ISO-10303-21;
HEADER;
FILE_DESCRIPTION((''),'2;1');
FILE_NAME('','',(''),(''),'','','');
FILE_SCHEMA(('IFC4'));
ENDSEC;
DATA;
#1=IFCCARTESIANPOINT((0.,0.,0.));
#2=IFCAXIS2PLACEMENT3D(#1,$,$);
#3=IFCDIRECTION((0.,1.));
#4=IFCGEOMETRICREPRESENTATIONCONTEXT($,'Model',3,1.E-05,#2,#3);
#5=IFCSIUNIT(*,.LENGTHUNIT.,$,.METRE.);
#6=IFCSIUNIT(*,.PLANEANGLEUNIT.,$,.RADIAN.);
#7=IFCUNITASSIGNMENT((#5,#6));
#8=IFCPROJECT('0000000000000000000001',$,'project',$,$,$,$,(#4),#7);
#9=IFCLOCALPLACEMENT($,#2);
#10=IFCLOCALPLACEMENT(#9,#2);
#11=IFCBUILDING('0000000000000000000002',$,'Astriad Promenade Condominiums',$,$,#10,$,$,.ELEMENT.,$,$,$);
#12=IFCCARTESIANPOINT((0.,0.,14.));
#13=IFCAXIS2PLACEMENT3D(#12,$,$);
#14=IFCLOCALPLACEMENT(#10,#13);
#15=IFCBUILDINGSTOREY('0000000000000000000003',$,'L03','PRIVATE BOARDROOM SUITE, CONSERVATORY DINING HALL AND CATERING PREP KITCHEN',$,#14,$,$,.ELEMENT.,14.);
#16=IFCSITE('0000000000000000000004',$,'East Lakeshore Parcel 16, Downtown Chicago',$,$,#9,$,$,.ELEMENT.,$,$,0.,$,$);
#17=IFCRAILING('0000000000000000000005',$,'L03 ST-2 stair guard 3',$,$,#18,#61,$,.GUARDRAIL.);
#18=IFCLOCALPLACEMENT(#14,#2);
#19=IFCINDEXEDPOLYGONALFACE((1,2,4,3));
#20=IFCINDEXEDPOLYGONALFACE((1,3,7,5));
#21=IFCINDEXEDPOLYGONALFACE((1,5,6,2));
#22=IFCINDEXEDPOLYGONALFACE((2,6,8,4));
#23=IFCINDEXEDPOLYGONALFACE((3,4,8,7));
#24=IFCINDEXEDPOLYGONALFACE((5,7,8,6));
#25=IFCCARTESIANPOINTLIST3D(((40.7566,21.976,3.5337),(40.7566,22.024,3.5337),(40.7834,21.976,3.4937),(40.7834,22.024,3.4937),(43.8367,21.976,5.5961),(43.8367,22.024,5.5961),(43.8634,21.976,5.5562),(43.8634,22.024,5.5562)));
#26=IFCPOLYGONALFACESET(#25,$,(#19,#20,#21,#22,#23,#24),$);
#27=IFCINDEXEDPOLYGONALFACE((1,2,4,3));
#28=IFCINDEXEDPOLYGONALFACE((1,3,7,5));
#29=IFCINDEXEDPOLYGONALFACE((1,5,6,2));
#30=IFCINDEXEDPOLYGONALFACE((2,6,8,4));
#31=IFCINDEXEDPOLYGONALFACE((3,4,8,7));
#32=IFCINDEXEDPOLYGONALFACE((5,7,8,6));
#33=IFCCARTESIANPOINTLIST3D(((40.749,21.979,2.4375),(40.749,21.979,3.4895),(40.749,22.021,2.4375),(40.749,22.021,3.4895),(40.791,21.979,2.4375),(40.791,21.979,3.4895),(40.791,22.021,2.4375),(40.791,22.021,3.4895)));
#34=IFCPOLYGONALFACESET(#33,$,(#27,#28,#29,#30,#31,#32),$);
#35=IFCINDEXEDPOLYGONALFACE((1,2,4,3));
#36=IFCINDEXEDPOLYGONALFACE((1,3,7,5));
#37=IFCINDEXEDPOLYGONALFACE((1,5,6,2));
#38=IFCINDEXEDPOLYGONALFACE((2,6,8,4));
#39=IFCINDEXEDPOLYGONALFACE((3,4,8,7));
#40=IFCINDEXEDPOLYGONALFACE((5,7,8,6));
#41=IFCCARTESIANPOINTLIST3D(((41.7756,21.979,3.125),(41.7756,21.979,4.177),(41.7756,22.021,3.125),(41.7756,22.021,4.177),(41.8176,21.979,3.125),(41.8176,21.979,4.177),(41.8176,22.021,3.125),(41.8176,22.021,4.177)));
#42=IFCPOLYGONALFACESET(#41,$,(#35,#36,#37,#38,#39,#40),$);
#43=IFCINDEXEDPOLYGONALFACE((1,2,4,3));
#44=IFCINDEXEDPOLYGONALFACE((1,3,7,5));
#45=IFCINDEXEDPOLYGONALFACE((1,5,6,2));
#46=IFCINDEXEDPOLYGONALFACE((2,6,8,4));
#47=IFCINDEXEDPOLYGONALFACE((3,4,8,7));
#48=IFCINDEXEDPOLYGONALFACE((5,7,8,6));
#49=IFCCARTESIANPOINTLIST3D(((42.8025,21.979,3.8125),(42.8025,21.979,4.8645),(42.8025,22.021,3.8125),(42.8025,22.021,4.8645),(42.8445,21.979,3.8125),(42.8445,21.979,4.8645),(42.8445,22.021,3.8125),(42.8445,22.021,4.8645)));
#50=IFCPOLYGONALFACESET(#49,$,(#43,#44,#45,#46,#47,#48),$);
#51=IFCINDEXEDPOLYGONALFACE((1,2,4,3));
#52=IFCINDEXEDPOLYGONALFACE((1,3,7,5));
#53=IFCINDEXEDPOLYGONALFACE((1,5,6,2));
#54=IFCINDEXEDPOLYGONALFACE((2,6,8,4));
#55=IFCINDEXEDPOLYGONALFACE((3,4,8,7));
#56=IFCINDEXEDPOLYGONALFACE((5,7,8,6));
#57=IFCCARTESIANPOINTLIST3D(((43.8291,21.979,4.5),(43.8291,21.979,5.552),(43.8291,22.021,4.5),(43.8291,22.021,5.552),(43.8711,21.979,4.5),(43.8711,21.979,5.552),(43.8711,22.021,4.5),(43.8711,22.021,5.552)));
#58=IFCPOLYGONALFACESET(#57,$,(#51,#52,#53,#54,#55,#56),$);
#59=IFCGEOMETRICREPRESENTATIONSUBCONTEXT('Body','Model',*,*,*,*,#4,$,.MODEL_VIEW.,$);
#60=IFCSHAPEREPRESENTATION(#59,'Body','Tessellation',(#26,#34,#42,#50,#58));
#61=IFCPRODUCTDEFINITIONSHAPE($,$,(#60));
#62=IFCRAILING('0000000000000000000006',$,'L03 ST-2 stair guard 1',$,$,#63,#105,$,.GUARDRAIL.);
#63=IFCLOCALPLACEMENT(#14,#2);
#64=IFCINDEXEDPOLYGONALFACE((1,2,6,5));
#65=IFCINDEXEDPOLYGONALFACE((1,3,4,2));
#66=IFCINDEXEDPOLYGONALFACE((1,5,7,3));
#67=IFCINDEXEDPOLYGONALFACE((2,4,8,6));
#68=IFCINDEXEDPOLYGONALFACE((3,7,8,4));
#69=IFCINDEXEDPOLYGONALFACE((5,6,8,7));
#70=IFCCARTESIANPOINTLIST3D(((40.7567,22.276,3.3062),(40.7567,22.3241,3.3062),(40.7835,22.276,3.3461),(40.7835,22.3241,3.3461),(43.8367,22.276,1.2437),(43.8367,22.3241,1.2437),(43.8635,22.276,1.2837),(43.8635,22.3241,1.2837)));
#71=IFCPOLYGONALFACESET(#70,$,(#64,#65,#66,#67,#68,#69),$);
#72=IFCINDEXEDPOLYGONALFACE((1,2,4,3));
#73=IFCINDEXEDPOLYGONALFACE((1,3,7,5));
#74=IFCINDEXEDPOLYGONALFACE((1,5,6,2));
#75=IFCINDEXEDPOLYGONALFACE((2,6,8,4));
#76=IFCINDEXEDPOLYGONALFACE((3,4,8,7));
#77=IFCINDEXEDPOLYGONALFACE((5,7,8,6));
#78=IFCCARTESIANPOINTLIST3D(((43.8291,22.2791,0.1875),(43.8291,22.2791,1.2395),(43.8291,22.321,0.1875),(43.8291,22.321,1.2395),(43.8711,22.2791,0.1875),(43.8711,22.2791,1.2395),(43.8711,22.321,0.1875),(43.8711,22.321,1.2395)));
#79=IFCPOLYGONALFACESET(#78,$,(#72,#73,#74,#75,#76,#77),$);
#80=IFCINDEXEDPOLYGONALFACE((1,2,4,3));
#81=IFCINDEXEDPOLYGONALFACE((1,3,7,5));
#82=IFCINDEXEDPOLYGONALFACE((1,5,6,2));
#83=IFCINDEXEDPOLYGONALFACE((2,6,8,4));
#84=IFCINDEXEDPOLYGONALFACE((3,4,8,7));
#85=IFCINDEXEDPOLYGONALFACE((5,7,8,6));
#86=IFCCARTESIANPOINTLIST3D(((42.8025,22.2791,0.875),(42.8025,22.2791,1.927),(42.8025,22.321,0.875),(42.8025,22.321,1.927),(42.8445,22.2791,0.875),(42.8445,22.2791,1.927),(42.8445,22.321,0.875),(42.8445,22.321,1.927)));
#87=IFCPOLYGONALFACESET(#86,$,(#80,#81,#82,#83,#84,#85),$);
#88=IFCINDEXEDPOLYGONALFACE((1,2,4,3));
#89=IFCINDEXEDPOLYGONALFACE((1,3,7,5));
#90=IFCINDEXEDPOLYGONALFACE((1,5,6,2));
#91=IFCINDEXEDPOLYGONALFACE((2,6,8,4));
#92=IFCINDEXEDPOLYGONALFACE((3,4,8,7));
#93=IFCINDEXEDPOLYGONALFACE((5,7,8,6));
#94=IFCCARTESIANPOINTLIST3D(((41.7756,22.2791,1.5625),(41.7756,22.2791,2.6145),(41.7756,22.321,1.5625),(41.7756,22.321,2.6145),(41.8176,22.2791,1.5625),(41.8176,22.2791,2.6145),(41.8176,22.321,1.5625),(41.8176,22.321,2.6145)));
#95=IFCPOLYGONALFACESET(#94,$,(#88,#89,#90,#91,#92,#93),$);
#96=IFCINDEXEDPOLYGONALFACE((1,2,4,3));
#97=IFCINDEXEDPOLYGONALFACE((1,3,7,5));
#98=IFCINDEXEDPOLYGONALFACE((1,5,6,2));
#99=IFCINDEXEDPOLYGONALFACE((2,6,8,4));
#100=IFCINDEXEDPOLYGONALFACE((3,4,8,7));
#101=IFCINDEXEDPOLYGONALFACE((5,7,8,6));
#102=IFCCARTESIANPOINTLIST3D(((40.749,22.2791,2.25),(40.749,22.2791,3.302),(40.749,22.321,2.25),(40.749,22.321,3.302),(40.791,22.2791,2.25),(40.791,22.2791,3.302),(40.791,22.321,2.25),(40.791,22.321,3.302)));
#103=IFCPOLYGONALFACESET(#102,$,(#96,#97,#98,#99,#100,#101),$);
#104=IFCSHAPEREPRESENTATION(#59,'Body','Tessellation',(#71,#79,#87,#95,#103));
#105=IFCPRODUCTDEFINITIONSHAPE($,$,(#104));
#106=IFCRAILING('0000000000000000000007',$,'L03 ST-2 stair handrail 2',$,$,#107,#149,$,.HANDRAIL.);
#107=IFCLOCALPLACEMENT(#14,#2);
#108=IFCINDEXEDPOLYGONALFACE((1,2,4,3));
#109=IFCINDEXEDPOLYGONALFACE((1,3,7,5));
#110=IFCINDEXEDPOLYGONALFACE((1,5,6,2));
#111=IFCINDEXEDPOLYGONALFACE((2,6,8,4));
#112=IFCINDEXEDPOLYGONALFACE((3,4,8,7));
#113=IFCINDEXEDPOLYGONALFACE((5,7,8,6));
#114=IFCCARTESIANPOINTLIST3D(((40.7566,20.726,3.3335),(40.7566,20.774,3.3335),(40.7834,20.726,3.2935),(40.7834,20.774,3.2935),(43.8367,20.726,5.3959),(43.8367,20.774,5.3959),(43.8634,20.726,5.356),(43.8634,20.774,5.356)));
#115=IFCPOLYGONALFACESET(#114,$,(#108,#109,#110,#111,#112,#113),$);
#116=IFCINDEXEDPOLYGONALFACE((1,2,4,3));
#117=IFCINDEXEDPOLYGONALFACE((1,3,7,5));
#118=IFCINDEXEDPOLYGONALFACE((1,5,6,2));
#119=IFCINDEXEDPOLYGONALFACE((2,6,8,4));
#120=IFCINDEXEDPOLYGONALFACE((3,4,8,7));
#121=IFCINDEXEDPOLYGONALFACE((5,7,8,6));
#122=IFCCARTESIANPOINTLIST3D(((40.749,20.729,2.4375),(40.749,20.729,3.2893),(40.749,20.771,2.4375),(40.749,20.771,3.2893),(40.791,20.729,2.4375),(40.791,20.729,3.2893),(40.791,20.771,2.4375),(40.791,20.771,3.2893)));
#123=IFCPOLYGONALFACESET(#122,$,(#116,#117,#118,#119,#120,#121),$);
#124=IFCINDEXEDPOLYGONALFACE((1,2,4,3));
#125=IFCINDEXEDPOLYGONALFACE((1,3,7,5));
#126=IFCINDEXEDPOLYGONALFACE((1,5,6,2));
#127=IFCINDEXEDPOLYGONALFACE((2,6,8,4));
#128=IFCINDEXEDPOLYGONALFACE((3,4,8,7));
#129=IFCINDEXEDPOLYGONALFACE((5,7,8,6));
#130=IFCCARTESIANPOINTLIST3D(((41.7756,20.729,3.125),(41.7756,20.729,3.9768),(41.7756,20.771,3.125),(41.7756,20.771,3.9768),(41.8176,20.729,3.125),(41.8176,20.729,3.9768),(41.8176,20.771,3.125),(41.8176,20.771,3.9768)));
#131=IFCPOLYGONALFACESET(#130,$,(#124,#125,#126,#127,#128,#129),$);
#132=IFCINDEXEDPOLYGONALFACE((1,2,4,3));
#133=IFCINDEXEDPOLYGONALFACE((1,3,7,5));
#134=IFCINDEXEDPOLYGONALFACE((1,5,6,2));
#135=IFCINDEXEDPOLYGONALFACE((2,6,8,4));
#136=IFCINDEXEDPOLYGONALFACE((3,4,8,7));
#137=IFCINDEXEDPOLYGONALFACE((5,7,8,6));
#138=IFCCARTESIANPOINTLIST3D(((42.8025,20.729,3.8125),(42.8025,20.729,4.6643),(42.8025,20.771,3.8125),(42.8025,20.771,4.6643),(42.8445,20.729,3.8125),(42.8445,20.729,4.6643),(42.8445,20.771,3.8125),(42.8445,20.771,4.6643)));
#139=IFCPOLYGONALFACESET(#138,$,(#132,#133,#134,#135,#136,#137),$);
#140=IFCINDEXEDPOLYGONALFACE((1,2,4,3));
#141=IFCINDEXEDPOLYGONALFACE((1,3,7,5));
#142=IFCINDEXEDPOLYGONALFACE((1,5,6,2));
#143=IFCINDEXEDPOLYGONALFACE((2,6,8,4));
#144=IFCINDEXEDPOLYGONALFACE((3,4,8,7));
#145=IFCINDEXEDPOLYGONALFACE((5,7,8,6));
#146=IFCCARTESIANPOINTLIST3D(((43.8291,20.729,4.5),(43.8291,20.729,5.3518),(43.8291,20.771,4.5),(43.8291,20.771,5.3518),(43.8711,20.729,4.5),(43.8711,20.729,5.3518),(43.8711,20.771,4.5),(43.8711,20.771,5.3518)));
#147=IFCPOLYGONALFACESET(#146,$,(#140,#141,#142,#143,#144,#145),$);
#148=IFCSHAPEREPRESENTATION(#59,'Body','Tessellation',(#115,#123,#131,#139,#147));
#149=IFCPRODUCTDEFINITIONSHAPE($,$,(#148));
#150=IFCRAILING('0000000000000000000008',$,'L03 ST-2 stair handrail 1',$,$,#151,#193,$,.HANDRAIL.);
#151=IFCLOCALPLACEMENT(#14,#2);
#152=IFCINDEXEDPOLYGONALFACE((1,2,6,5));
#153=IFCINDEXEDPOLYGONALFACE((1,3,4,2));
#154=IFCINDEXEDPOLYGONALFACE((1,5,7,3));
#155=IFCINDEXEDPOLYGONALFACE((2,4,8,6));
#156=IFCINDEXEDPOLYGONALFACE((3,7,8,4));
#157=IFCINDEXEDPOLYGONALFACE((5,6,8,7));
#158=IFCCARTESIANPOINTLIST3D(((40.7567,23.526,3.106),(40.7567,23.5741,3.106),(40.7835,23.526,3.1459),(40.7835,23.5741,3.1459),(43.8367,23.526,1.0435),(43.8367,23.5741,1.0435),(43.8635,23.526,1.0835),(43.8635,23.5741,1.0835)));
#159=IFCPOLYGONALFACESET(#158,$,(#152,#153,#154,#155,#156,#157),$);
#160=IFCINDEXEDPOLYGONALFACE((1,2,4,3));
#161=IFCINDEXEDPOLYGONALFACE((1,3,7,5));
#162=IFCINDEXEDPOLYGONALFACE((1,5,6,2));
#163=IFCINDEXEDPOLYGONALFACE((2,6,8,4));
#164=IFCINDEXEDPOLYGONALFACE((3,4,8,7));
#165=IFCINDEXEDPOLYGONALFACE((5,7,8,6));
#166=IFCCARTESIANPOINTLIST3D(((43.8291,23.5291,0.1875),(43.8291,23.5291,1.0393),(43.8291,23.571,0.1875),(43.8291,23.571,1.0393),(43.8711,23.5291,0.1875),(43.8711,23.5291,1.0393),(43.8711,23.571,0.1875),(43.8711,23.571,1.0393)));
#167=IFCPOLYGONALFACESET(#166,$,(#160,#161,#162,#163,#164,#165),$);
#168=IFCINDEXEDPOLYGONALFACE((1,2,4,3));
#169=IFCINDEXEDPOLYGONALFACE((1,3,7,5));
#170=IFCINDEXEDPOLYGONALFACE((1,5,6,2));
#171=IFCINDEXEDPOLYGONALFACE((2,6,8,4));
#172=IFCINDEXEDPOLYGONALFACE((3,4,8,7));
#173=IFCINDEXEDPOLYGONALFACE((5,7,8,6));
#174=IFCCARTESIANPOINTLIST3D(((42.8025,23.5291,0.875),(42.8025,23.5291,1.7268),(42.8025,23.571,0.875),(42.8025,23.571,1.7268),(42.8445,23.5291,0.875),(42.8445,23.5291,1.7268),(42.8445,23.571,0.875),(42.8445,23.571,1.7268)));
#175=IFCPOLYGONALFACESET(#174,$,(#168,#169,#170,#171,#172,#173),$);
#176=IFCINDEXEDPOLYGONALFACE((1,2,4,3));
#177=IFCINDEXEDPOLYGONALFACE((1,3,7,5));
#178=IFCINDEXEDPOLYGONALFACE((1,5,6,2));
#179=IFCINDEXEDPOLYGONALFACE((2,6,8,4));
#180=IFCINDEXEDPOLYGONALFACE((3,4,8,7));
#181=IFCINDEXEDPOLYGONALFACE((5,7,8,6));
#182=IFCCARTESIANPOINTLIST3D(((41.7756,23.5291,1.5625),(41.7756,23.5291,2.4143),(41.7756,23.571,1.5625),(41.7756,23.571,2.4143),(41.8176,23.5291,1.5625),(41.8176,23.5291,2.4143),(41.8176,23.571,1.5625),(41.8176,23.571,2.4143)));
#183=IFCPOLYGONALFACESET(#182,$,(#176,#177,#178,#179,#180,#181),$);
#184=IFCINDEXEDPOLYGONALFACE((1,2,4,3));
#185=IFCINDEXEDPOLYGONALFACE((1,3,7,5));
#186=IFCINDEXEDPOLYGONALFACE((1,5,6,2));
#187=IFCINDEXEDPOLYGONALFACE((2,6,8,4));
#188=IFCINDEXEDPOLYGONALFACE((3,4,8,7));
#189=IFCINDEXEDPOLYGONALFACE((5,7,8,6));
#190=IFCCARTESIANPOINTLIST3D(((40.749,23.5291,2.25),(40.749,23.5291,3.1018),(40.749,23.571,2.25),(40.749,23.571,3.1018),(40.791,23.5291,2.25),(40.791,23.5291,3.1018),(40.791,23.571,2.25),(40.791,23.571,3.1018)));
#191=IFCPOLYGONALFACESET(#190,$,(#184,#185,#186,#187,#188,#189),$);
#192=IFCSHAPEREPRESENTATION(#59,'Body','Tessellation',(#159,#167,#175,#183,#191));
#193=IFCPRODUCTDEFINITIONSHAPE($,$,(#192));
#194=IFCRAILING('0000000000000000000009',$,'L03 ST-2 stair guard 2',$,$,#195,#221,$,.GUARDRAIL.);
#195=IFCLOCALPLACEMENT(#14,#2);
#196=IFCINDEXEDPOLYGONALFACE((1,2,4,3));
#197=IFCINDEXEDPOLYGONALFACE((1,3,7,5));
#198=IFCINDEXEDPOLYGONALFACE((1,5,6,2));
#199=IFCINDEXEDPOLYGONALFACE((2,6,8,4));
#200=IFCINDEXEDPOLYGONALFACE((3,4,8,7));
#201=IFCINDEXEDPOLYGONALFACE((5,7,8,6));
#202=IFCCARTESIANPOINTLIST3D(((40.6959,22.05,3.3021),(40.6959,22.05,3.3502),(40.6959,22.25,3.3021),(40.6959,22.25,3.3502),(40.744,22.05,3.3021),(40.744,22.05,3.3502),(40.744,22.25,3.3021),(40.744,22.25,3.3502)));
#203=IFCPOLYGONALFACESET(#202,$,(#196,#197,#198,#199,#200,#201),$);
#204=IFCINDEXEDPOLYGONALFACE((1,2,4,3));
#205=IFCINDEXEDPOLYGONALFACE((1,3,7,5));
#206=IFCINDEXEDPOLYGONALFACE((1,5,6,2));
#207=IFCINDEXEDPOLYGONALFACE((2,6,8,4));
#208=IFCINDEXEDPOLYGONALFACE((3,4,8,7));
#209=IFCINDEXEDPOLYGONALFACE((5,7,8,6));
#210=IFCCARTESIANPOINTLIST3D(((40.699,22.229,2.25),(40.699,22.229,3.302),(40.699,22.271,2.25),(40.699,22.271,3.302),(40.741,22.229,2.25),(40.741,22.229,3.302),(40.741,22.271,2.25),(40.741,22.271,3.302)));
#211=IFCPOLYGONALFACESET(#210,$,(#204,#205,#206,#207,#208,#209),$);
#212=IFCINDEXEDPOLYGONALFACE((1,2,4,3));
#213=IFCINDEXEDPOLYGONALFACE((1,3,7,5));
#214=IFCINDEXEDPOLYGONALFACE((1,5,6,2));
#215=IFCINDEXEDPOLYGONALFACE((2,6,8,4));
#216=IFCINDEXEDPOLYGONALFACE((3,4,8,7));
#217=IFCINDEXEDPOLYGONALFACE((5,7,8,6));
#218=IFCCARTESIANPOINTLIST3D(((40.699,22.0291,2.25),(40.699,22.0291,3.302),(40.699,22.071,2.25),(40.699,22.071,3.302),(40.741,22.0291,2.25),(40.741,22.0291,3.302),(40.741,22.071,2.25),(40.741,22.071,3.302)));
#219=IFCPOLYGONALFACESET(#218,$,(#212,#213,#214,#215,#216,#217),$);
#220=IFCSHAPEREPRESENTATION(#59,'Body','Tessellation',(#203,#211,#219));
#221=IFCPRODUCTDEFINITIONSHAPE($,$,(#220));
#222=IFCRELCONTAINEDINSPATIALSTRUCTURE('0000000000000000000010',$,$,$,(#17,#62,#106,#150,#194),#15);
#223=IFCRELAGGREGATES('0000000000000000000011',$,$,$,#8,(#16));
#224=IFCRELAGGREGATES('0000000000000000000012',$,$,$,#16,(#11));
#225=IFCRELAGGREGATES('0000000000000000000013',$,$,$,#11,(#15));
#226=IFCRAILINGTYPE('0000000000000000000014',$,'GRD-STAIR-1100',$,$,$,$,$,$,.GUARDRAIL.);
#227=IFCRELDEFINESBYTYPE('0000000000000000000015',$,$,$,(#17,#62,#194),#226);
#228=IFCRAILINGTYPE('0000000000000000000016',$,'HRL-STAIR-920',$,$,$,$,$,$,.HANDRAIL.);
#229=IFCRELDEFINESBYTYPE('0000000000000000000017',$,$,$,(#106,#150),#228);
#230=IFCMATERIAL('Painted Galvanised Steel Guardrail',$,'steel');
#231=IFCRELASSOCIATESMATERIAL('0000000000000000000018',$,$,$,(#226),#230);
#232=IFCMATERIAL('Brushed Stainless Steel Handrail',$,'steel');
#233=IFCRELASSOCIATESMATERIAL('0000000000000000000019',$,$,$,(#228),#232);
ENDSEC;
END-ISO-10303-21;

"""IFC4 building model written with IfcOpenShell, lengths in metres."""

from ifc_helpers import new_model, si_unit, direction, frame, origin, origin_2d, place, context, subcontext, project, spatial, rectangle, extrude, source, transform, mapped, material, type_object, type_shapes, element, save


model = new_model("IFC4")

# Units and contexts
model_context = context("Model", 3, precision=1e-05, world=origin(), true_north=direction((0.0, 1.0)))
body_context = subcontext(model_context, "Body", "Model", "MODEL_VIEW")
ifc_project = project(units=[si_unit("LENGTHUNIT", "METRE"), si_unit("PLANEANGLEUNIT", "RADIAN")], contexts=[model_context])

# Site, building, storey
site_placement = place(None, origin())
site = spatial("IfcSite", under=ifc_project, at=site_placement, Name="East Lakeshore Parcel 16, Downtown Chicago", CompositionType="ELEMENT", RefElevation=0.0)
building_placement = place(site_placement, origin())
building = spatial("IfcBuilding", under=site, at=building_placement, Name="Astriad Promenade Condominiums", CompositionType="ELEMENT")
storey_placement = place(building_placement, frame((0.0, 0.0, 14.0)))
storey = spatial("IfcBuildingStorey", under=building, at=storey_placement, Name="L03", Description="PRIVATE BOARDROOM SUITE, CONSERVATORY DINING HALL AND CATERING PREP KITCHEN", CompositionType="ELEMENT", Elevation=14.0)

# Railings
ifc_material_1 = material(Name="Painted Galvanised Steel Guardrail", Category="steel")
railing_type_1 = type_object("IfcRailingType", Name="GRD-STAIR-1100", PredefinedType="GUARDRAIL", material=ifc_material_1)
shared_shape_1 = source(origin(), body_context, "Body", "SweptSolid", [
    extrude(rectangle(XDim=0.0481, YDim=0.0481, at=origin_2d()), frame((0.0, 0.0, 1.0762), z_axis=(0.830914, 0.0, 0.556401), x_axis=(0.0, 1.0, 0.0)), (0.0, 0.0, 1.0), 3.7068),
    extrude(rectangle(XDim=0.042, YDim=0.042, at=origin_2d()), origin(), (0.0, 0.0, 1.0), 1.052),
    extrude(rectangle(XDim=0.042, YDim=0.042, at=origin_2d()), frame((1.0266, 0.0, 0.6875)), (0.0, 0.0, 1.0), 1.052),
    extrude(rectangle(XDim=0.042, YDim=0.042, at=origin_2d()), frame((2.0535, 0.0, 1.375)), (0.0, 0.0, 1.0), 1.052),
    extrude(rectangle(XDim=0.042, YDim=0.042, at=origin_2d()), frame((3.0801, 0.0, 2.0625)), (0.0, 0.0, 1.0), 1.052),
])
railing_1_placement = place(storey_placement, frame((40.77, 22.0, 2.4375)))
element("IfcRailing", 1, at=railing_1_placement, inside=storey, type_object=railing_type_1, Name="L03 ST-2 stair guard 3", PredefinedType="GUARDRAIL", context=body_context, shape_type="MappedRepresentation", body=[
    mapped(shared_shape_1, transform((0.0, 0.0, 0.0), scale=1.0)),
])
shared_shape_2 = source(origin(), body_context, "Body", "SweptSolid", [
    extrude(rectangle(XDim=0.0481, YDim=0.0481, at=origin_2d()), frame((0.0, 0.0, 1.0762), z_axis=(-0.830914, 0.0, 0.556401), x_axis=(0.0, -1.0, 0.0)), (0.0, 0.0, 1.0), 3.7068),
    extrude(rectangle(XDim=0.042, YDim=0.042, at=origin_2d()), origin(), (0.0, 0.0, 1.0), 1.052),
    extrude(rectangle(XDim=0.042, YDim=0.042, at=origin_2d()), frame((-1.0266, 0.0, 0.6875)), (0.0, 0.0, 1.0), 1.052),
    extrude(rectangle(XDim=0.042, YDim=0.042, at=origin_2d()), frame((-2.0535, 0.0, 1.375)), (0.0, 0.0, 1.0), 1.052),
    extrude(rectangle(XDim=0.042, YDim=0.042, at=origin_2d()), frame((-3.0801, 0.0, 2.0625)), (0.0, 0.0, 1.0), 1.052),
])
railing_2_placement = place(storey_placement, frame((43.8501, 22.3, 0.1875)))
element("IfcRailing", 2, at=railing_2_placement, inside=storey, type_object=railing_type_1, Name="L03 ST-2 stair guard 1", PredefinedType="GUARDRAIL", context=body_context, shape_type="MappedRepresentation", body=[
    mapped(shared_shape_2, transform((0.0, 0.0, 0.0), scale=1.0)),
])
ifc_material_2 = material(Name="Brushed Stainless Steel Handrail", Category="steel")
railing_type_2 = type_object("IfcRailingType", Name="HRL-STAIR-920", PredefinedType="HANDRAIL", material=ifc_material_2)
shared_shape_3 = source(origin(), body_context, "Body", "SweptSolid", [
    extrude(rectangle(XDim=0.0481, YDim=0.0481, at=origin_2d()), frame((0.0, 0.0, 0.876), z_axis=(0.830914, 0.0, 0.556401), x_axis=(0.0, 1.0, 0.0)), (0.0, 0.0, 1.0), 3.7068),
    extrude(rectangle(XDim=0.042, YDim=0.042, at=origin_2d()), origin(), (0.0, 0.0, 1.0), 0.8518),
    extrude(rectangle(XDim=0.042, YDim=0.042, at=origin_2d()), frame((1.0266, 0.0, 0.6875)), (0.0, 0.0, 1.0), 0.8518),
    extrude(rectangle(XDim=0.042, YDim=0.042, at=origin_2d()), frame((2.0535, 0.0, 1.375)), (0.0, 0.0, 1.0), 0.8518),
    extrude(rectangle(XDim=0.042, YDim=0.042, at=origin_2d()), frame((3.0801, 0.0, 2.0625)), (0.0, 0.0, 1.0), 0.8518),
])
railing_3_placement = place(storey_placement, frame((40.77, 20.75, 2.4375)))
element("IfcRailing", 3, at=railing_3_placement, inside=storey, type_object=railing_type_2, Name="L03 ST-2 stair handrail 2", PredefinedType="HANDRAIL", context=body_context, shape_type="MappedRepresentation", body=[
    mapped(shared_shape_3, transform((0.0, 0.0, 0.0), scale=1.0)),
])
shared_shape_4 = source(origin(), body_context, "Body", "SweptSolid", [
    extrude(rectangle(XDim=0.0481, YDim=0.0481, at=origin_2d()), frame((0.0, 0.0, 0.876), z_axis=(-0.830914, 0.0, 0.556401), x_axis=(0.0, -1.0, 0.0)), (0.0, 0.0, 1.0), 3.7068),
    extrude(rectangle(XDim=0.042, YDim=0.042, at=origin_2d()), origin(), (0.0, 0.0, 1.0), 0.8518),
    extrude(rectangle(XDim=0.042, YDim=0.042, at=origin_2d()), frame((-1.0266, 0.0, 0.6875)), (0.0, 0.0, 1.0), 0.8518),
    extrude(rectangle(XDim=0.042, YDim=0.042, at=origin_2d()), frame((-2.0535, 0.0, 1.375)), (0.0, 0.0, 1.0), 0.8518),
    extrude(rectangle(XDim=0.042, YDim=0.042, at=origin_2d()), frame((-3.0801, 0.0, 2.0625)), (0.0, 0.0, 1.0), 0.8518),
])
type_shapes(railing_type_2, [shared_shape_3, shared_shape_4])
railing_4_placement = place(storey_placement, frame((43.8501, 23.55, 0.1875)))
element("IfcRailing", 4, at=railing_4_placement, inside=storey, type_object=railing_type_2, Name="L03 ST-2 stair handrail 1", PredefinedType="HANDRAIL", context=body_context, shape_type="MappedRepresentation", body=[
    mapped(shared_shape_4, transform((0.0, 0.0, 0.0), scale=1.0)),
])
shared_shape_5 = source(origin(), body_context, "Body", "SweptSolid", [
    extrude(rectangle(XDim=0.0481, YDim=0.0481, at=origin_2d()), frame((0.0, 0.0, 1.0762), z_axis=(0.0, -1.0, 0.0), x_axis=(1.0, 0.0, 0.0)), (0.0, 0.0, 1.0), 0.2),
    extrude(rectangle(XDim=0.042, YDim=0.042, at=origin_2d()), origin(), (0.0, 0.0, 1.0), 1.052),
    extrude(rectangle(XDim=0.042, YDim=0.042, at=origin_2d()), frame((0.0, -0.2, 0.0)), (0.0, 0.0, 1.0), 1.052),
])
type_shapes(railing_type_1, [shared_shape_1, shared_shape_2, shared_shape_5])
for number, where, name in (
    (5, (40.72, 22.25, 2.25), "L03 ST-2 stair guard 2"),
):
    element("IfcRailing", number, at=place(storey_placement, frame(where)), inside=storey, type_object=railing_type_1, Name=name, PredefinedType="GUARDRAIL", context=body_context, shape_type="MappedRepresentation", body=[
        mapped(shared_shape_5, transform((0.0, 0.0, 0.0), scale=1.0)),
    ])

save(model, "model.ifc")
